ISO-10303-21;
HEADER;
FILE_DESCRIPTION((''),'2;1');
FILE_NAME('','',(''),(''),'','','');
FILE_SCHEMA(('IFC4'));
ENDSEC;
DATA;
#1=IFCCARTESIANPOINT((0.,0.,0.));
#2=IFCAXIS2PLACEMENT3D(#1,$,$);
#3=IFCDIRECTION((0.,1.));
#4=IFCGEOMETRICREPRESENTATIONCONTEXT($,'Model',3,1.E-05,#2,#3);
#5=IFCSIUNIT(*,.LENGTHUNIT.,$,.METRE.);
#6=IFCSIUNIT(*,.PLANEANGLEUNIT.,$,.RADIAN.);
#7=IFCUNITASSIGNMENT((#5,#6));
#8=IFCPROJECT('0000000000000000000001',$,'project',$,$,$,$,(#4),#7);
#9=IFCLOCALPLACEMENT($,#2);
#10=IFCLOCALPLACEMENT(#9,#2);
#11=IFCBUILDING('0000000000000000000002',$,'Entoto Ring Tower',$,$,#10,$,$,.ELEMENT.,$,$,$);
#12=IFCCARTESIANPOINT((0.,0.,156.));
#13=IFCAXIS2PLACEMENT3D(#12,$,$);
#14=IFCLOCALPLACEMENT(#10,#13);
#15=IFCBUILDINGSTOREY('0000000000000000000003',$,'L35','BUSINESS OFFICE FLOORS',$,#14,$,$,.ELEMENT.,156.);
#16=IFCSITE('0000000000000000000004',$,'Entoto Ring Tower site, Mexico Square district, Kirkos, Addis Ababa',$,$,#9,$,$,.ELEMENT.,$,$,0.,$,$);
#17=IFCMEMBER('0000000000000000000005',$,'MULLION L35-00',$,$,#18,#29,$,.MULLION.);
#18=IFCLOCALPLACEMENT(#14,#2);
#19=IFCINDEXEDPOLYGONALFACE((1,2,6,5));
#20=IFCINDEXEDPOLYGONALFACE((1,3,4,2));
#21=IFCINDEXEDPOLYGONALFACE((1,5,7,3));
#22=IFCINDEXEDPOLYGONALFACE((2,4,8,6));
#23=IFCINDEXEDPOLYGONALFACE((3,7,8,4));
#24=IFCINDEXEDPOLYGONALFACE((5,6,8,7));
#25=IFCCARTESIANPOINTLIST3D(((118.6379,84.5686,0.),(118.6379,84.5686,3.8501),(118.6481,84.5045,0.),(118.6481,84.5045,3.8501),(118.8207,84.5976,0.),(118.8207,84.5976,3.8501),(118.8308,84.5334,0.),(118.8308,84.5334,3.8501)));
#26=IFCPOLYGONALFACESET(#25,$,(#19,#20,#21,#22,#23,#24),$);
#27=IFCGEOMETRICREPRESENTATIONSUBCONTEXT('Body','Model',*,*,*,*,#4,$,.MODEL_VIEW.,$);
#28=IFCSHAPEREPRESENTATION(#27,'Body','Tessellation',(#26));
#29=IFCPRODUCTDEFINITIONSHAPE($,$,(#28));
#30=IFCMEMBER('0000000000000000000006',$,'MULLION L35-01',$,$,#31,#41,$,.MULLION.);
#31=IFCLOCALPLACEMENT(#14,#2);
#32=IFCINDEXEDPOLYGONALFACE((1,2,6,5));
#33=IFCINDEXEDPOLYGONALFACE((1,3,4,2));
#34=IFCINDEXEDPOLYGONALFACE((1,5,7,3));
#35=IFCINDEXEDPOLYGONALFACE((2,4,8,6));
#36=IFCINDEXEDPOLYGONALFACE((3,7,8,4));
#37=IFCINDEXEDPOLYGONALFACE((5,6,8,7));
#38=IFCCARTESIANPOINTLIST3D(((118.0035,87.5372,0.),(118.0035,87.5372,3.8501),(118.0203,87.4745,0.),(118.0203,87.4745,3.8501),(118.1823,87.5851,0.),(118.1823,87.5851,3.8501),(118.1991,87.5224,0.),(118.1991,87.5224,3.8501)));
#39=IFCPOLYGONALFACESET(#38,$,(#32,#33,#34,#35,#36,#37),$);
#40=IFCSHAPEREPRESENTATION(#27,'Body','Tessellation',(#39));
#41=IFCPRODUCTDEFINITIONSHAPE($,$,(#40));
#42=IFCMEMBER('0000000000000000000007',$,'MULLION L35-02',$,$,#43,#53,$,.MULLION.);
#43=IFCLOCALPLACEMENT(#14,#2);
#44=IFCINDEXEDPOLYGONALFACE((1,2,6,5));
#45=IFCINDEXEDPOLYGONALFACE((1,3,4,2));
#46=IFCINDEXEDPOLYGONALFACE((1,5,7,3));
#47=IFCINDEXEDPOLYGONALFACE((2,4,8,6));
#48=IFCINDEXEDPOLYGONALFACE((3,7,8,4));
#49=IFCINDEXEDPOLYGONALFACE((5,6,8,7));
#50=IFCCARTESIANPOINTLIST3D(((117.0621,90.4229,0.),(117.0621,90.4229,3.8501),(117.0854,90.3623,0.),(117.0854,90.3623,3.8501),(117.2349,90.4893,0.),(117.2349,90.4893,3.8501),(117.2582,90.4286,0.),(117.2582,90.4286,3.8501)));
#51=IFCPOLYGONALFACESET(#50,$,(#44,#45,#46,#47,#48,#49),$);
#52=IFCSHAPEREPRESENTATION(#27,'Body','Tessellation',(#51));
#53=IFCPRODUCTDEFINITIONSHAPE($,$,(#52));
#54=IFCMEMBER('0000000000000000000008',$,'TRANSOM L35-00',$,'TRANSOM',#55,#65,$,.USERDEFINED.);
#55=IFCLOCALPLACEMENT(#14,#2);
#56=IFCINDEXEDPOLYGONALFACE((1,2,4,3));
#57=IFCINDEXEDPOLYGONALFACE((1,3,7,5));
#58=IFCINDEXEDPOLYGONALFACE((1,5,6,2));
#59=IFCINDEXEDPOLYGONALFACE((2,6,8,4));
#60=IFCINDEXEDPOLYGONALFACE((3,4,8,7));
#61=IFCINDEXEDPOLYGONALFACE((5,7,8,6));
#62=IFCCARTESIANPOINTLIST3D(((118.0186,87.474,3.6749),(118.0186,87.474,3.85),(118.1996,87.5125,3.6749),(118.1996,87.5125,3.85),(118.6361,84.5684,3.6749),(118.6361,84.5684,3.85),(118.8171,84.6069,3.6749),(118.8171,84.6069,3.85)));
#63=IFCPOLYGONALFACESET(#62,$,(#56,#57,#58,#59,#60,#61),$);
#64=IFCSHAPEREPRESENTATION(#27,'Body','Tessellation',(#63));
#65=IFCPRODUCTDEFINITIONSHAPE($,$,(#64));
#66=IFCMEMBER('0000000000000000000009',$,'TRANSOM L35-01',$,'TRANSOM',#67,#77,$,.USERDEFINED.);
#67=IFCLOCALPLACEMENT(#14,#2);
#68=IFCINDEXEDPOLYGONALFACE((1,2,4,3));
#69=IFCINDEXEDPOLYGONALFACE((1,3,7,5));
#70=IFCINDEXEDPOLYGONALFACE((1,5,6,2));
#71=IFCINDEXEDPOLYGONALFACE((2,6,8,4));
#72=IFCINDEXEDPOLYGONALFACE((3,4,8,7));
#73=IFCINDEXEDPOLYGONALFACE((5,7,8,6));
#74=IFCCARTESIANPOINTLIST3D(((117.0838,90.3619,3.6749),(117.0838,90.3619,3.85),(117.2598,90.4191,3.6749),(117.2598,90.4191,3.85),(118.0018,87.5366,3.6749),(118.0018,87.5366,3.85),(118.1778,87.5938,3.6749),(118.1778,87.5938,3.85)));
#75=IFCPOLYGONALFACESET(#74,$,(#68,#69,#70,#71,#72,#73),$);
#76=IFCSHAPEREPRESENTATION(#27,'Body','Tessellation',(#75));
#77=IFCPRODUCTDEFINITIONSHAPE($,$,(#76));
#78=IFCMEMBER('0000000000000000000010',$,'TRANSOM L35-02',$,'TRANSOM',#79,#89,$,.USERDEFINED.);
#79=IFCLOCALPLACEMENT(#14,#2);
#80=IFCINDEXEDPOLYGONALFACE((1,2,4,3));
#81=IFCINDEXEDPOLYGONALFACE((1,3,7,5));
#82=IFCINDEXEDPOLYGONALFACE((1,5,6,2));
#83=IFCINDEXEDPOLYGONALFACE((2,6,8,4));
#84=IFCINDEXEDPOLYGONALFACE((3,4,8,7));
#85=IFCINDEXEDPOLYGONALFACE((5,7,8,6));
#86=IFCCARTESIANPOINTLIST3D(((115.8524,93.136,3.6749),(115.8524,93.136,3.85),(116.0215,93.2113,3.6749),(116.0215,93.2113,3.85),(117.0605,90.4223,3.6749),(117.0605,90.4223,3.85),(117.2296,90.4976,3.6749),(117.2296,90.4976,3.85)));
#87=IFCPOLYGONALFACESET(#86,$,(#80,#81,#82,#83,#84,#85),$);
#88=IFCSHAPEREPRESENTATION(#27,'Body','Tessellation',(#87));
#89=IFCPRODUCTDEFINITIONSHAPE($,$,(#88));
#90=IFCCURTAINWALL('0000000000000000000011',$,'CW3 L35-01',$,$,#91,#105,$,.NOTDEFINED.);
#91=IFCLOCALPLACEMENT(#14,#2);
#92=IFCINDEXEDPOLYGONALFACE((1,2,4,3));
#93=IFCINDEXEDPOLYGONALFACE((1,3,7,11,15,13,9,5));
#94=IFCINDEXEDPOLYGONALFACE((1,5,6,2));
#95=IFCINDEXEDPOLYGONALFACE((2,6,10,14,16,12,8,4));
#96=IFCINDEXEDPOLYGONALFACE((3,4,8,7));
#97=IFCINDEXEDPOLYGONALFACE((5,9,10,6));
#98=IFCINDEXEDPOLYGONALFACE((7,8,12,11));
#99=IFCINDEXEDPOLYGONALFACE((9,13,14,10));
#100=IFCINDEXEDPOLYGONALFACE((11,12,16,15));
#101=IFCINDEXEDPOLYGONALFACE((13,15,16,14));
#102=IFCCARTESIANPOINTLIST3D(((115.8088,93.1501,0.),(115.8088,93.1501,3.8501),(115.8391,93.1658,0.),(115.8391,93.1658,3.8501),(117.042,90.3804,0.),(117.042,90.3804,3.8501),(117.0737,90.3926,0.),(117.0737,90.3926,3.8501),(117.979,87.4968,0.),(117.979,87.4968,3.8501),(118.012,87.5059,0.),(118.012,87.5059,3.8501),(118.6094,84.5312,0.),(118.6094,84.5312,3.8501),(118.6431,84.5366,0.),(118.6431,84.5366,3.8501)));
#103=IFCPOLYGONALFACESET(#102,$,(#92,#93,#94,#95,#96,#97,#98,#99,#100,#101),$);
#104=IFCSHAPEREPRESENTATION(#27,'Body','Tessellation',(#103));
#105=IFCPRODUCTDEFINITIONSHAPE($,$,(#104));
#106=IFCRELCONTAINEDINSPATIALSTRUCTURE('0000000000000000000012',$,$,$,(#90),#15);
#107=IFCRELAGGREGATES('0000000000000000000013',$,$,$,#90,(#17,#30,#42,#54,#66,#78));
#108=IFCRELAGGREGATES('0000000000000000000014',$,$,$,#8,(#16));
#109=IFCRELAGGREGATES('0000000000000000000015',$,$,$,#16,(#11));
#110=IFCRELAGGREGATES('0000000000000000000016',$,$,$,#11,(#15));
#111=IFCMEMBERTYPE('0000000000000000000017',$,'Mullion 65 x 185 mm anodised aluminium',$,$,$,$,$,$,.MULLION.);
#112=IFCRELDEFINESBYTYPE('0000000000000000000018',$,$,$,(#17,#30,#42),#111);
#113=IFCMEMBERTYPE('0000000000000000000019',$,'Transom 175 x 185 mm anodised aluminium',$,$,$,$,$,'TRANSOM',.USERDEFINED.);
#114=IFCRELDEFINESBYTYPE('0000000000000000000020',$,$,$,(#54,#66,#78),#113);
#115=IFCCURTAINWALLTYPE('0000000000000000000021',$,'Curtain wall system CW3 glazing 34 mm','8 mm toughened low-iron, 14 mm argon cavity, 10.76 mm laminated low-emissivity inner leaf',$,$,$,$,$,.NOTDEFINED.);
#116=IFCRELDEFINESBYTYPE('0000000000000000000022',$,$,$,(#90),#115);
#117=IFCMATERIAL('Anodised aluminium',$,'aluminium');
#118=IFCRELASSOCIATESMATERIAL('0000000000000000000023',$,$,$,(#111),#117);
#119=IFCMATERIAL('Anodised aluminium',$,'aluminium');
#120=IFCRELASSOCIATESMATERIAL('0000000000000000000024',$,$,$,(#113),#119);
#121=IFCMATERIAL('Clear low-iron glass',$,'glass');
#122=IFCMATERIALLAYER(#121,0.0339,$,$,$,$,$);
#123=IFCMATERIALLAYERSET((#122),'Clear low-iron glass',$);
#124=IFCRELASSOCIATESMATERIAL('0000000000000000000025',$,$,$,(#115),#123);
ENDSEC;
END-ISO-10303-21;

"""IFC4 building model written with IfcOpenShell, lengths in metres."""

from ifc_helpers import new_model, si_unit, direction, frame, origin, origin_2d, place, context, subcontext, project, spatial, polyline, rectangle, outline, extrude, material, layer, layer_set, material_profile, profile_set, type_object, element, aggregate, save


model = new_model("IFC4")

# Units and contexts
model_context = context("Model", 3, precision=1e-05, world=origin(), true_north=direction((0.0, 1.0)))
body_context = subcontext(model_context, "Body", "Model", "MODEL_VIEW")
ifc_project = project(units=[si_unit("LENGTHUNIT", "METRE"), si_unit("PLANEANGLEUNIT", "RADIAN")], contexts=[model_context])

# Members
ifc_material_1 = material(Name="Anodised aluminium", Category="aluminium")
ifc_material_profile_1 = material_profile(ifc_material_1, rectangle(XDim=0.0649, YDim=0.1851, at=origin_2d()), Name="Mullion 65 x 185 mm anodised aluminium")
ifc_profile_set_1 = profile_set([ifc_material_profile_1], Name="Anodised aluminium")
member_type_1 = type_object("IfcMemberType", Name="Mullion 65 x 185 mm anodised aluminium", PredefinedType="MULLION", material=ifc_profile_set_1)
site_placement = place(None, origin())
building_placement = place(site_placement, origin())
storey_placement = place(building_placement, frame((0.0, 0.0, 156.0)))
member_1_placement = place(storey_placement, frame((118.7344, 84.551, 0.0), z_axis=(0.0, 0.0, 1.0), x_axis=(-0.156434, 0.987688, 0.0)))
member_1 = element("IfcMember", 1, at=member_1_placement, type_object=member_type_1, Name="MULLION L35-00", PredefinedType="MULLION", context=body_context, shape_type="SweptSolid", body=[
    extrude(rectangle(XDim=0.0649, YDim=0.1851, at=origin_2d()), origin(), (0.0, 0.0, 1.0), 3.8501),
])
member_2_placement = place(storey_placement, frame((118.1013, 87.5298, 0.0), z_axis=(0.0, 0.0, 1.0), x_axis=(-0.258819, 0.965926, 0.0)))
member_2 = element("IfcMember", 2, at=member_2_placement, type_object=member_type_1, Name="MULLION L35-01", PredefinedType="MULLION", context=body_context, shape_type="SweptSolid", body=[
    extrude(rectangle(XDim=0.0649, YDim=0.1851, at=origin_2d()), origin(), (0.0, 0.0, 1.0), 3.8501),
])
member_3_placement = place(storey_placement, frame((117.1602, 90.4258, 0.0), z_axis=(0.0, 0.0, 1.0), x_axis=(-0.358368, 0.93358, 0.0)))
member_3 = element("IfcMember", 3, at=member_3_placement, type_object=member_type_1, Name="MULLION L35-02", PredefinedType="MULLION", context=body_context, shape_type="SweptSolid", body=[
    extrude(rectangle(XDim=0.0649, YDim=0.1851, at=origin_2d()), origin(), (0.0, 0.0, 1.0), 3.8501),
])
ifc_material_2 = material(Name="Anodised aluminium", Category="aluminium")
ifc_material_profile_2 = material_profile(ifc_material_2, rectangle(XDim=0.1851, YDim=0.175, at=origin_2d()), Name="Transom 175 x 185 mm anodised aluminium")
ifc_profile_set_2 = profile_set([ifc_material_profile_2], Name="Anodised aluminium")
member_type_2 = type_object("IfcMemberType", Name="Transom 175 x 185 mm anodised aluminium", ElementType="TRANSOM", PredefinedType="USERDEFINED", material=ifc_profile_set_2)
member_4_placement = place(storey_placement, frame((118.7266, 84.5876, 3.7625), z_axis=(-0.207862, 0.978158, 0.0), x_axis=(-0.978158, -0.207862, 0.0)))
member_4 = element("IfcMember", 4, at=member_4_placement, type_object=member_type_2, Name="TRANSOM L35-00", ObjectType="TRANSOM", PredefinedType="USERDEFINED", context=body_context, shape_type="SweptSolid", body=[
    extrude(rectangle(XDim=0.1851, YDim=0.175, at=origin_2d()), origin(), (0.0, 0.0, 1.0), 2.9705),
])
member_5_placement = place(storey_placement, frame((118.0898, 87.5652, 3.7625), z_axis=(-0.309019, 0.951056, 0.0), x_axis=(-0.951056, -0.309019, 0.0)))
member_5 = element("IfcMember", 5, at=member_5_placement, type_object=member_type_2, Name="TRANSOM L35-01", ObjectType="TRANSOM", PredefinedType="USERDEFINED", context=body_context, shape_type="SweptSolid", body=[
    extrude(rectangle(XDim=0.1851, YDim=0.175, at=origin_2d()), origin(), (0.0, 0.0, 1.0), 2.9707),
])
member_6_placement = place(storey_placement, frame((117.145, 90.46, 3.7625), z_axis=(-0.406687, 0.913567, 0.0), x_axis=(-0.913567, -0.406687, 0.0)))
member_6 = element("IfcMember", 6, at=member_6_placement, type_object=member_type_2, Name="TRANSOM L35-02", ObjectType="TRANSOM", PredefinedType="USERDEFINED", context=body_context, shape_type="SweptSolid", body=[
    extrude(rectangle(XDim=0.1851, YDim=0.175, at=origin_2d()), origin(), (0.0, 0.0, 1.0), 2.9705),
])

# Site, building, storey
site = spatial("IfcSite", under=ifc_project, at=site_placement, Name="Entoto Ring Tower site, Mexico Square district, Kirkos, Addis Ababa", CompositionType="ELEMENT", RefElevation=0.0)
building = spatial("IfcBuilding", under=site, at=building_placement, Name="Entoto Ring Tower", CompositionType="ELEMENT")
storey = spatial("IfcBuildingStorey", under=building, at=storey_placement, Name="L35", Description="BUSINESS OFFICE FLOORS", CompositionType="ELEMENT", Elevation=156.0)

# Curtain wall
ifc_material_3 = material(Name="Clear low-iron glass", Category="glass")
ifc_layer_1 = layer(ifc_material_3, 0.0339)
ifc_layer_set_1 = layer_set([ifc_layer_1], Name="Clear low-iron glass")
curtain_wall_type = type_object("IfcCurtainWallType", Name="Curtain wall system CW3 glazing 34 mm", Description="8 mm toughened low-iron, 14 mm argon cavity, 10.76 mm laminated low-emissivity inner leaf", PredefinedType="NOTDEFINED", material=ifc_layer_set_1)
curtain_wall_1_placement = place(storey_placement, origin())
curtain_wall_1 = element("IfcCurtainWall", 7, at=curtain_wall_1_placement, inside=storey, type_object=curtain_wall_type, Name="CW3 L35-01", PredefinedType="NOTDEFINED", context=body_context, shape_type="SweptSolid", body=[
    extrude(outline(polyline([(118.6431, 84.5366), (118.012, 87.5059), (117.0737, 90.3926), (115.8391, 93.1658), (115.8088, 93.1501), (117.042, 90.3804), (117.979, 87.4968), (118.6094, 84.5312), (118.6431, 84.5366)])), origin(), (0.0, 0.0, 1.0), 3.8501),
])
aggregate(curtain_wall_1, [member_1, member_2, member_3, member_4, member_5, member_6])

save(model, "model.ifc")
